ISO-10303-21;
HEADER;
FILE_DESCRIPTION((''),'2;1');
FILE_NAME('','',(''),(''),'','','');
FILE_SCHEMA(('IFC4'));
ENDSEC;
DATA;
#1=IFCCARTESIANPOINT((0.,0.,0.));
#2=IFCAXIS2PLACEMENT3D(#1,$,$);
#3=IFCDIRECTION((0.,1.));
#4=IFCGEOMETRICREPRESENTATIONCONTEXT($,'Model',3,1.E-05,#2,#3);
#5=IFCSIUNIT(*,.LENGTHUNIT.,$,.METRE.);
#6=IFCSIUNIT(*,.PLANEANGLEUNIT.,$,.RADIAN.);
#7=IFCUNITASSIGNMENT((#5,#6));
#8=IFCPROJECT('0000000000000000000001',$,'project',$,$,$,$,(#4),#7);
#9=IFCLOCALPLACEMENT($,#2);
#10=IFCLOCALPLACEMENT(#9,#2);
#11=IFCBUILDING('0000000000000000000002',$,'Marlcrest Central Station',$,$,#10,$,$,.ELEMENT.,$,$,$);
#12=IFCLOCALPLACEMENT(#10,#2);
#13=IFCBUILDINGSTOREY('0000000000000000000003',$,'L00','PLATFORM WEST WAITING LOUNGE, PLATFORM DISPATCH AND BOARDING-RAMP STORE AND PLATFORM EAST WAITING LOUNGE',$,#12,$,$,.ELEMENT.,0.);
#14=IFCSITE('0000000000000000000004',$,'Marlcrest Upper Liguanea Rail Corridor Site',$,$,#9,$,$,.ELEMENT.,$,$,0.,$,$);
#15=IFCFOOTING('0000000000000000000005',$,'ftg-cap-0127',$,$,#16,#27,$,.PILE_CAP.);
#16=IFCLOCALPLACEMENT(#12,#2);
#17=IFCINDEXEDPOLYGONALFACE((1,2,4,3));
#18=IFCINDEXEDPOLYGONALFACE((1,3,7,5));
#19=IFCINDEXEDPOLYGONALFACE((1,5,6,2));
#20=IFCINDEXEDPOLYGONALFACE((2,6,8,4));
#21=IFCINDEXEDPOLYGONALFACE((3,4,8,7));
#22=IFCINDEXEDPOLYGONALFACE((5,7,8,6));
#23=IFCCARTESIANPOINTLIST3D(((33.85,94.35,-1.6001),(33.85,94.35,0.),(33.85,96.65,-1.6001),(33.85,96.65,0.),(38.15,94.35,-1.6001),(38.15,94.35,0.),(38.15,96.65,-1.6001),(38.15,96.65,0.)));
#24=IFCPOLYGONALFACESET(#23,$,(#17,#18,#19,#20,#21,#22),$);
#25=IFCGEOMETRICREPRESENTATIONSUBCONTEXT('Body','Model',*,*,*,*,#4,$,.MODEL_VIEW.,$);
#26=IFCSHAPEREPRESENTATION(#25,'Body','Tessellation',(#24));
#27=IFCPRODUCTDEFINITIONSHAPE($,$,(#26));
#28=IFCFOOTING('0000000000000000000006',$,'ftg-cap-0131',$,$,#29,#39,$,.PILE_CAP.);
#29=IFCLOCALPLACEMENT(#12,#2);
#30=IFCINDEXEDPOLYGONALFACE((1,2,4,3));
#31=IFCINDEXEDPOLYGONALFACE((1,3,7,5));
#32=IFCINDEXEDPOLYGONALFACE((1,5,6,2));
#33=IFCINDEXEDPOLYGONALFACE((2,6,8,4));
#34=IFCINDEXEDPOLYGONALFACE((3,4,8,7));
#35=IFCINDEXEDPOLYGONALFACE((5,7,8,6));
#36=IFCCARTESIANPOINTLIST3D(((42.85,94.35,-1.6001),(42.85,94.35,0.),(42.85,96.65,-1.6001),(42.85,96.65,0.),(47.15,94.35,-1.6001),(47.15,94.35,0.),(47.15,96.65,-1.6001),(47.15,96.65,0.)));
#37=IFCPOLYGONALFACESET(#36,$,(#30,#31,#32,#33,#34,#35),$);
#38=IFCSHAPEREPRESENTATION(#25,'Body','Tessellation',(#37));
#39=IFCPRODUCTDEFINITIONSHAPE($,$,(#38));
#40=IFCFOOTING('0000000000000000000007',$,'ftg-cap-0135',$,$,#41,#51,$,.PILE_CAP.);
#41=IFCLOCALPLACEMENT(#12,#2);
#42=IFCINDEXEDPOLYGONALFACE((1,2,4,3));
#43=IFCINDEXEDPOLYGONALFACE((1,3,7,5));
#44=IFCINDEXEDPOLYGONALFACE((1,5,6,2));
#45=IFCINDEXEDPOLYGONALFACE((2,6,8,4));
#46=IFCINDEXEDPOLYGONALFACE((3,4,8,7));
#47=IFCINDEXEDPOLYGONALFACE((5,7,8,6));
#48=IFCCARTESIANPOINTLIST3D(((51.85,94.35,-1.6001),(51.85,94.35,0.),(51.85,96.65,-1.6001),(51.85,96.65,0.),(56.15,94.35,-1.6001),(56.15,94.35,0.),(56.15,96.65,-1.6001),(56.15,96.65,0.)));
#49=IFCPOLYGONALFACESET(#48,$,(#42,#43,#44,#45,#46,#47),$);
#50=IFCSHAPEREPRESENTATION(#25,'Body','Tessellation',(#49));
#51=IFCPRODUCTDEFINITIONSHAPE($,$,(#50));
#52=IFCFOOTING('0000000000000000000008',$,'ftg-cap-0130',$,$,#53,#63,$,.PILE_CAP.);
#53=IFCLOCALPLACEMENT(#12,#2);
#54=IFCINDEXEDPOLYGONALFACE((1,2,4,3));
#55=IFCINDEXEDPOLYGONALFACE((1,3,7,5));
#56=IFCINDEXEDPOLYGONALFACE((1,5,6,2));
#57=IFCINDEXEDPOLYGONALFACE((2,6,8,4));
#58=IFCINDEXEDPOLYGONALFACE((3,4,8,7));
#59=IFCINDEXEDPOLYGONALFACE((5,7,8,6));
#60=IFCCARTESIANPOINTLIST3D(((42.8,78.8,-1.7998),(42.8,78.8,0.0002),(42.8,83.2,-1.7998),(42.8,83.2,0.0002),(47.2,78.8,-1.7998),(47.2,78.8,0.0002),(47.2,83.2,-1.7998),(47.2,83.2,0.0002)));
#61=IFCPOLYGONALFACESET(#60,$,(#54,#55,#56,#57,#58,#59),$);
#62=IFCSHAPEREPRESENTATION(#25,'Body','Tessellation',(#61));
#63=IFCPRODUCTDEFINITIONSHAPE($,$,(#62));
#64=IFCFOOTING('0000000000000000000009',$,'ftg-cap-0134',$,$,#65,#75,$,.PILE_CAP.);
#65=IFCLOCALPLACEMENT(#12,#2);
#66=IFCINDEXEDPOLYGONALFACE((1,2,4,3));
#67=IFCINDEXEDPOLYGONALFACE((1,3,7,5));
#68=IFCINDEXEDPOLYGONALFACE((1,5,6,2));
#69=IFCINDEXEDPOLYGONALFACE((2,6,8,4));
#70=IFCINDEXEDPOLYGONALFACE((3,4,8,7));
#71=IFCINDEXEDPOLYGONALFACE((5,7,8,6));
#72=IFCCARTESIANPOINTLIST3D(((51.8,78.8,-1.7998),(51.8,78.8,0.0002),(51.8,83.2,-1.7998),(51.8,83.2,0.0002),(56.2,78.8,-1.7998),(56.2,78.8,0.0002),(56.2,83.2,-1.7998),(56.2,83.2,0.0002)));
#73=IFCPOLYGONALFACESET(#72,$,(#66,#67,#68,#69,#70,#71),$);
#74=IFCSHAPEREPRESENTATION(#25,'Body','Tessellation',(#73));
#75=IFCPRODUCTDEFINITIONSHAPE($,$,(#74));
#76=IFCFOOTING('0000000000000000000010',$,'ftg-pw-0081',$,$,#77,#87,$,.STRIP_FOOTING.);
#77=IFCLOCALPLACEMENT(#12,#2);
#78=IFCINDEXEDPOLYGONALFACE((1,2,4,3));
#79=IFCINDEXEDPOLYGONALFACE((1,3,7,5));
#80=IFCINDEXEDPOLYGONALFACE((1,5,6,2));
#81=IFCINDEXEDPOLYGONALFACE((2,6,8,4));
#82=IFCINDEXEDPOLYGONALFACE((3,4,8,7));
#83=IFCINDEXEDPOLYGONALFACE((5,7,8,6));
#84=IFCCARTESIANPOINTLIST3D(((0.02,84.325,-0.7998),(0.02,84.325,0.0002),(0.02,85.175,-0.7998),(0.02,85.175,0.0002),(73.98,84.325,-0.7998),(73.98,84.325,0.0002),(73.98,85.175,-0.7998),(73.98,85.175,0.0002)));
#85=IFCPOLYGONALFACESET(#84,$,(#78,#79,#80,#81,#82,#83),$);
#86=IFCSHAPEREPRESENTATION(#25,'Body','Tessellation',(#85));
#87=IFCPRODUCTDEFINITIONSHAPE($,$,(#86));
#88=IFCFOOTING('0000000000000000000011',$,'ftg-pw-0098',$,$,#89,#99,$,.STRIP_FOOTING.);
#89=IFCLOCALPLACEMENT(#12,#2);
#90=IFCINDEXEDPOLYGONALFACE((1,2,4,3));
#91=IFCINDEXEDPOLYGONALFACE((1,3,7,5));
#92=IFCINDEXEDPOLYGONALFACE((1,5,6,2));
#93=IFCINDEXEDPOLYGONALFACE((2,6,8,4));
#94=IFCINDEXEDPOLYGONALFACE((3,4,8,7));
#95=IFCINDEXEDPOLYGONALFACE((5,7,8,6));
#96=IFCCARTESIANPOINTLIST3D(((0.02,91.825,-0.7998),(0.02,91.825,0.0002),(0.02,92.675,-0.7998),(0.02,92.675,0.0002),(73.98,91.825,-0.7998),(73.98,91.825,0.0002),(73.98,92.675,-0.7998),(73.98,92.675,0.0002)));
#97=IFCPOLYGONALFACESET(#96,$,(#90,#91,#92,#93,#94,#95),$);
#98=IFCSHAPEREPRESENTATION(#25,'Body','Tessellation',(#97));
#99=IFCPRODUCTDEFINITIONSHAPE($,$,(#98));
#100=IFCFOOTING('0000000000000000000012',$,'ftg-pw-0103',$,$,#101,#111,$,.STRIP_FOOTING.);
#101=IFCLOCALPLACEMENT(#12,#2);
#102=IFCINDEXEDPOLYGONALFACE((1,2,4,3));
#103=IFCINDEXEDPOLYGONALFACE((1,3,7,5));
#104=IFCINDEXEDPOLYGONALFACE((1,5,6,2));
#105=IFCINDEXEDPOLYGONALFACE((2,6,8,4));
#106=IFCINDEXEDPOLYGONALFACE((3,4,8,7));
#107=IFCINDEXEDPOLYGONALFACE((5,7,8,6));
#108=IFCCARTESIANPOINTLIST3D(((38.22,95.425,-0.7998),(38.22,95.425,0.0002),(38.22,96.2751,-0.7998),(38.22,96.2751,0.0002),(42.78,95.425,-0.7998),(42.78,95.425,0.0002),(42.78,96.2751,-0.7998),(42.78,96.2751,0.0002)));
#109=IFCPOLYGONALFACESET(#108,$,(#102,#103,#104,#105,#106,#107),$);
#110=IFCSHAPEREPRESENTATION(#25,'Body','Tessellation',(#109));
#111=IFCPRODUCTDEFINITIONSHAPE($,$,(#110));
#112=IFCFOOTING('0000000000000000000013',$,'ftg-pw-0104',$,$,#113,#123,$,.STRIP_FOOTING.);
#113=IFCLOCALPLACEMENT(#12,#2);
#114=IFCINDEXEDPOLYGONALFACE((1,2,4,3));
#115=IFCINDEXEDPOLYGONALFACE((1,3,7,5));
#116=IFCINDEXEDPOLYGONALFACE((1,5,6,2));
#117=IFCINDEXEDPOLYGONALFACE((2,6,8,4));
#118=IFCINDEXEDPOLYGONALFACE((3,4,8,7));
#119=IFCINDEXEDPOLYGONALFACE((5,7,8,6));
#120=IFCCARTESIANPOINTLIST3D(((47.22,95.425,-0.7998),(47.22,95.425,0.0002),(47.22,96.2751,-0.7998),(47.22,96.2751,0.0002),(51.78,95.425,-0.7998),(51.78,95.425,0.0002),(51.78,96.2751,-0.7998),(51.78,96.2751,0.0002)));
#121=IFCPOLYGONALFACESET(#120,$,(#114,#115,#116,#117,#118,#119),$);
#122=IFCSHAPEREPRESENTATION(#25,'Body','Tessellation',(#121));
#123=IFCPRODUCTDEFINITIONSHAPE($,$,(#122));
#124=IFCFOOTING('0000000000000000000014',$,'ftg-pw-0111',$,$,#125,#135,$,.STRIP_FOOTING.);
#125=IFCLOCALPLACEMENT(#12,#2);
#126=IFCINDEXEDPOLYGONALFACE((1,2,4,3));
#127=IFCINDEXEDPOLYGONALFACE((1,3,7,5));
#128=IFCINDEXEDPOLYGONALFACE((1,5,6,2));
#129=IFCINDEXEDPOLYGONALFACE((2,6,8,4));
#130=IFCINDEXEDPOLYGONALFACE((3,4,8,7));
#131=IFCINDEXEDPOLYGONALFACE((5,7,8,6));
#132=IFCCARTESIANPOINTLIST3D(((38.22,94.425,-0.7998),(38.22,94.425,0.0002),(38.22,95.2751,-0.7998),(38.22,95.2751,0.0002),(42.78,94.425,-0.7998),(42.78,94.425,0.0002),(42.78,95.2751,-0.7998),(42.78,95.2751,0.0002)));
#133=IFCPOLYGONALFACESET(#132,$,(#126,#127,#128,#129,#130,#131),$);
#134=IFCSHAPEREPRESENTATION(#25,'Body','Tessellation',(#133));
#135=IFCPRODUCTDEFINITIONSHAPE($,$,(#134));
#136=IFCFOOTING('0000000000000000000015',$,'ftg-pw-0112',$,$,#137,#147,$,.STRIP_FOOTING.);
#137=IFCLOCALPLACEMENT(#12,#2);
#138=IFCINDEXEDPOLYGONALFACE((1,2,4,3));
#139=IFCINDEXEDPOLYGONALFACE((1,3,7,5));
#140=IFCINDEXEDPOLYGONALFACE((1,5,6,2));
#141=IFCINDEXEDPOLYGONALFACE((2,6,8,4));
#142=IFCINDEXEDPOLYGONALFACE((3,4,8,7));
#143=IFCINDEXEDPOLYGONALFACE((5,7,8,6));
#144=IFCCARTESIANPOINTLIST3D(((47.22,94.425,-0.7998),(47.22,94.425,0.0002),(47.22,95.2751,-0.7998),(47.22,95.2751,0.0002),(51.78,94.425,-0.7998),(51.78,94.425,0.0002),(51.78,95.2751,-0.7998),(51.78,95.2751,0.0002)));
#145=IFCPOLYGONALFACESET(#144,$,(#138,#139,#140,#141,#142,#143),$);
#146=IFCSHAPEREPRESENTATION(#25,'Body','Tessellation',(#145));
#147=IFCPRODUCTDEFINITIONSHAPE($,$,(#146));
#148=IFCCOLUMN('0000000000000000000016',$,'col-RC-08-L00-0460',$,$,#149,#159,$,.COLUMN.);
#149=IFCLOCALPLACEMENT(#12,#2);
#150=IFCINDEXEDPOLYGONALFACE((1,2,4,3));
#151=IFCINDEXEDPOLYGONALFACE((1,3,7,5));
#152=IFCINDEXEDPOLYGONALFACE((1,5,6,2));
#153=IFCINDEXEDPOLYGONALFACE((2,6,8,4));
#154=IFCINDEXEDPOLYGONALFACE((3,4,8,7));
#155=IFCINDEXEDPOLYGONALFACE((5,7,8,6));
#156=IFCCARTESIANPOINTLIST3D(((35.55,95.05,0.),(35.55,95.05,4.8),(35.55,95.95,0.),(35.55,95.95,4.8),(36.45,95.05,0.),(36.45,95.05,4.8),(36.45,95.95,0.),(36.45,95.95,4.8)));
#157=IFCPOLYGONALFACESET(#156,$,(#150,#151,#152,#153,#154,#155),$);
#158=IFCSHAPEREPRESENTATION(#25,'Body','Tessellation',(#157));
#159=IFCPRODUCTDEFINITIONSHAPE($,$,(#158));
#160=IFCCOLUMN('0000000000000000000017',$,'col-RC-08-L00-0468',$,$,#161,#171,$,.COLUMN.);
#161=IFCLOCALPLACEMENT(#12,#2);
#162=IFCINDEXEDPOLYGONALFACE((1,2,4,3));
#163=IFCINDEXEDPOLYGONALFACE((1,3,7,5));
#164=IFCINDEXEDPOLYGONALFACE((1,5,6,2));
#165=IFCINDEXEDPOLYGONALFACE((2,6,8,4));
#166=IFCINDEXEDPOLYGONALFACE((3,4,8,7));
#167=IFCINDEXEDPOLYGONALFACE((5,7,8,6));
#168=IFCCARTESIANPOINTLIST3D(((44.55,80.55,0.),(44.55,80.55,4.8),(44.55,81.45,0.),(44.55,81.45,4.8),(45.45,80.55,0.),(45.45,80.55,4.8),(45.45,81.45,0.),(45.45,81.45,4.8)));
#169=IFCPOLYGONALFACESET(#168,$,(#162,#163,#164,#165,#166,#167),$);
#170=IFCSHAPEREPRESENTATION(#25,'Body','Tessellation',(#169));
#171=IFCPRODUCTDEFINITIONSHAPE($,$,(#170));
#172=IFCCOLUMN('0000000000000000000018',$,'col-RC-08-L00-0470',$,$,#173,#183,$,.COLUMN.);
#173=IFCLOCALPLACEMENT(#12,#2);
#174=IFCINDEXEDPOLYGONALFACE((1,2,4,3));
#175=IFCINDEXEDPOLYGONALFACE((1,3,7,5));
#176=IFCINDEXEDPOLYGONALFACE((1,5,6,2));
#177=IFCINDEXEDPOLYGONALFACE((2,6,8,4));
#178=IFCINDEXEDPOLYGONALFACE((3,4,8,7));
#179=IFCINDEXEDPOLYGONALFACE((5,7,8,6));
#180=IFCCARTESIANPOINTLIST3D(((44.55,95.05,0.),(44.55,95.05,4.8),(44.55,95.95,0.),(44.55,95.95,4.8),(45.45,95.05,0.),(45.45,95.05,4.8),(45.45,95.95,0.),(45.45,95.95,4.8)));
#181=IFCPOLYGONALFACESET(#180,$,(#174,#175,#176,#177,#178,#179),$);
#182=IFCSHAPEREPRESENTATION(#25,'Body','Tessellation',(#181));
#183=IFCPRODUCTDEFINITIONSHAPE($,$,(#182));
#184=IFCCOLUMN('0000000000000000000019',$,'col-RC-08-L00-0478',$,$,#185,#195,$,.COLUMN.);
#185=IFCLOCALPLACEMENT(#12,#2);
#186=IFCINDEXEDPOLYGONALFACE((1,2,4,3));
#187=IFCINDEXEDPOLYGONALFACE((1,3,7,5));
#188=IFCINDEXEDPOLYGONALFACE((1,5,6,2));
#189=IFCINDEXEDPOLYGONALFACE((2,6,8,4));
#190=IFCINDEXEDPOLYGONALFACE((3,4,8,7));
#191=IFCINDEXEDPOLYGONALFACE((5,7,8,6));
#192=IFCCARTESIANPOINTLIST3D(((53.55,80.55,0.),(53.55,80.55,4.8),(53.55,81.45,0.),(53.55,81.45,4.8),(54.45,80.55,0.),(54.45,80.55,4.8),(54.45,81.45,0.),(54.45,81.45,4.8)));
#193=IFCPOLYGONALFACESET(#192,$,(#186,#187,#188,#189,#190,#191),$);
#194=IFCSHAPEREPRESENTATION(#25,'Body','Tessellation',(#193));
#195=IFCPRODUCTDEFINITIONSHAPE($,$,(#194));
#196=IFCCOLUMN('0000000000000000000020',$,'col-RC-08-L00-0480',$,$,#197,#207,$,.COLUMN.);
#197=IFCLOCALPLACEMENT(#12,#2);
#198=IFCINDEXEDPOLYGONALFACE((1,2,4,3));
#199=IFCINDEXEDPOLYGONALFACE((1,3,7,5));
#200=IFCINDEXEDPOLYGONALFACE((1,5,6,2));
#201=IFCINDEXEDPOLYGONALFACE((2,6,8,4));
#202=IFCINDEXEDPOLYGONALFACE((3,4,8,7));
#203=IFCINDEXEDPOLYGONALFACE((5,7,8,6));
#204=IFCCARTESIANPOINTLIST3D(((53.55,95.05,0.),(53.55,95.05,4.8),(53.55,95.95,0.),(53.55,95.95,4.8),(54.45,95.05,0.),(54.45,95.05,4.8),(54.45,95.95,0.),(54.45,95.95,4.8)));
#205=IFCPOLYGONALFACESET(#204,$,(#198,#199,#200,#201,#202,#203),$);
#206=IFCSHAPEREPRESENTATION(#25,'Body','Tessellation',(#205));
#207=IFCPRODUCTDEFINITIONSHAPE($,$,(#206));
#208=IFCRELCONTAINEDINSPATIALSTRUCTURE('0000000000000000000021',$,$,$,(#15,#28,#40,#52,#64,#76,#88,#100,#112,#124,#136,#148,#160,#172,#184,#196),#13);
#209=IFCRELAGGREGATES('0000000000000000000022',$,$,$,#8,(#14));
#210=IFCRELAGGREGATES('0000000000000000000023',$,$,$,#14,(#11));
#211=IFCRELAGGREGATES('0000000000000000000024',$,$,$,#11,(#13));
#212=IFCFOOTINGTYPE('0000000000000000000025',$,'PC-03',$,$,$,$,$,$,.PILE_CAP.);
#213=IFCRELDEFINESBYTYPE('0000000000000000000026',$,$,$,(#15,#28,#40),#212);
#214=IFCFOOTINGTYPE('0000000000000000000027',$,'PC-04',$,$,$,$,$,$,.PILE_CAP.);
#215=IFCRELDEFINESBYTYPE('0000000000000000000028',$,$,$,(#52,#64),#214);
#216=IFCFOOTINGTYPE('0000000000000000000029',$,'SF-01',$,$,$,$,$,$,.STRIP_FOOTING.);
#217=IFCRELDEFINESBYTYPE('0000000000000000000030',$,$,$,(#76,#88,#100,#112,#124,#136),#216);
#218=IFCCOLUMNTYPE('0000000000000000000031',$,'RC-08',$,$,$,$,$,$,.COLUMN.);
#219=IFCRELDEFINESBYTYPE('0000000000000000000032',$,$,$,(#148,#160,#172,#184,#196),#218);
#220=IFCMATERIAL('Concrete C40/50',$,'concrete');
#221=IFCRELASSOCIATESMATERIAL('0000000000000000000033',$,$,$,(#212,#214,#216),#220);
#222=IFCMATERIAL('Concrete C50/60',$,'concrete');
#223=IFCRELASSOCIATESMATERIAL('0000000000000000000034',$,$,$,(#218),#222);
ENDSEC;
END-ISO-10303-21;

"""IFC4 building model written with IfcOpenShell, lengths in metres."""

from ifc_helpers import new_model, si_unit, direction, frame, origin, origin_2d, place, context, subcontext, project, spatial, rectangle, extrude, material, material_profile, profile_set, type_object, element, save


model = new_model("IFC4")

# Units and contexts
model_context = context("Model", 3, precision=1e-05, world=origin(), true_north=direction((0.0, 1.0)))
body_context = subcontext(model_context, "Body", "Model", "MODEL_VIEW")
ifc_project = project(units=[si_unit("LENGTHUNIT", "METRE"), si_unit("PLANEANGLEUNIT", "RADIAN")], contexts=[model_context])

# Site, building, storey
site_placement = place(None, origin())
site = spatial("IfcSite", under=ifc_project, at=site_placement, Name="Marlcrest Upper Liguanea Rail Corridor Site", CompositionType="ELEMENT", RefElevation=0.0)
building_placement = place(site_placement, origin())
building = spatial("IfcBuilding", under=site, at=building_placement, Name="Marlcrest Central Station", CompositionType="ELEMENT")
storey_placement = place(building_placement, origin())
storey = spatial("IfcBuildingStorey", under=building, at=storey_placement, Name="L00", Description="PLATFORM WEST WAITING LOUNGE, PLATFORM DISPATCH AND BOARDING-RAMP STORE AND PLATFORM EAST WAITING LOUNGE", CompositionType="ELEMENT", Elevation=0.0)

# Footings
ifc_material_1 = material(Name="Concrete C40/50", Category="concrete")
footing_type_1 = type_object("IfcFootingType", Name="PC-03", PredefinedType="PILE_CAP", material=ifc_material_1)
for number, where, z_axis, x_axis, name in (
    (1, (36.0, 95.5, -1.6001), (0.0, 0.0, 1.0), (1.0, 0.0, 0.0), "ftg-cap-0127"),
    (2, (45.0, 95.5, -1.6001), (0.0, 0.0, 1.0), (1.0, 0.0, 0.0), "ftg-cap-0131"),
    (3, (54.0, 95.5, -1.6001), (0.0, 0.0, 1.0), (1.0, 0.0, 0.0), "ftg-cap-0135"),
):
    element("IfcFooting", number, at=place(storey_placement, frame(where, z_axis=z_axis, x_axis=x_axis)), inside=storey, type_object=footing_type_1, Name=name, PredefinedType="PILE_CAP", context=body_context, shape_type="SweptSolid", body=[
        extrude(rectangle(XDim=4.3, YDim=2.3, at=origin_2d()), origin(), (0.0, 0.0, 1.0), 1.6001),
    ])
footing_type_2 = type_object("IfcFootingType", Name="PC-04", PredefinedType="PILE_CAP", material=ifc_material_1)
for number, where, z_axis, x_axis, name in (
    (4, (45.0, 81.0, -1.7998), (0.0, 0.0, 1.0), (1.0, 0.0, 0.0), "ftg-cap-0130"),
    (5, (54.0, 81.0, -1.7998), (0.0, 0.0, 1.0), (1.0, 0.0, 0.0), "ftg-cap-0134"),
):
    element("IfcFooting", number, at=place(storey_placement, frame(where, z_axis=z_axis, x_axis=x_axis)), inside=storey, type_object=footing_type_2, Name=name, PredefinedType="PILE_CAP", context=body_context, shape_type="SweptSolid", body=[
        extrude(rectangle(XDim=4.3999, YDim=4.3999, at=origin_2d()), origin(), (0.0, 0.0, 1.0), 1.8),
    ])
footing_type_3 = type_object("IfcFootingType", Name="SF-01", PredefinedType="STRIP_FOOTING", material=ifc_material_1)
for number, where, z_axis, x_axis, name in (
    (6, (37.0, 84.75, -0.7998), (0.0, 0.0, 1.0), (1.0, 0.0, 0.0), "ftg-pw-0081"),
    (7, (37.0, 92.25, -0.7998), (0.0, 0.0, 1.0), (1.0, 0.0, 0.0), "ftg-pw-0098"),
):
    element("IfcFooting", number, at=place(storey_placement, frame(where, z_axis=z_axis, x_axis=x_axis)), inside=storey, type_object=footing_type_3, Name=name, PredefinedType="STRIP_FOOTING", context=body_context, shape_type="SweptSolid", body=[
        extrude(rectangle(XDim=73.96, YDim=0.8501, at=origin_2d()), origin(), (0.0, 0.0, 1.0), 0.8),
    ])
for number, where, z_axis, x_axis, name in (
    (8, (40.5, 95.8501, -0.7998), (0.0, 0.0, 1.0), (1.0, 0.0, 0.0), "ftg-pw-0103"),
    (9, (49.5, 95.8501, -0.7998), (0.0, 0.0, 1.0), (1.0, 0.0, 0.0), "ftg-pw-0104"),
    (10, (40.5, 94.8501, -0.7998), (0.0, 0.0, 1.0), (1.0, 0.0, 0.0), "ftg-pw-0111"),
    (11, (49.5, 94.8501, -0.7998), (0.0, 0.0, 1.0), (1.0, 0.0, 0.0), "ftg-pw-0112"),
):
    element("IfcFooting", number, at=place(storey_placement, frame(where, z_axis=z_axis, x_axis=x_axis)), inside=storey, type_object=footing_type_3, Name=name, PredefinedType="STRIP_FOOTING", context=body_context, shape_type="SweptSolid", body=[
        extrude(rectangle(XDim=4.5601, YDim=0.8501, at=origin_2d()), origin(), (0.0, 0.0, 1.0), 0.8),
    ])

# Columns
ifc_material_2 = material(Name="Concrete C50/60", Category="concrete")
ifc_material_profile_1 = material_profile(ifc_material_2, rectangle(XDim=0.8999, YDim=0.8999, at=origin_2d()), Name="RC 900x900")
ifc_profile_set_1 = profile_set([ifc_material_profile_1], Name="Concrete C50/60")
column_type = type_object("IfcColumnType", Name="RC-08", PredefinedType="COLUMN", material=ifc_profile_set_1)
for number, where, z_axis, x_axis, name in (
    (12, (36.0, 95.5, 0.0), (0.0, 0.0, 1.0), (1.0, 0.0, 0.0), "col-RC-08-L00-0460"),
    (13, (45.0, 81.0, 0.0), (0.0, 0.0, 1.0), (1.0, 0.0, 0.0), "col-RC-08-L00-0468"),
    (14, (45.0, 95.5, 0.0), (0.0, 0.0, 1.0), (1.0, 0.0, 0.0), "col-RC-08-L00-0470"),
    (15, (54.0, 81.0, 0.0), (0.0, 0.0, 1.0), (1.0, 0.0, 0.0), "col-RC-08-L00-0478"),
    (16, (54.0, 95.5, 0.0), (0.0, 0.0, 1.0), (1.0, 0.0, 0.0), "col-RC-08-L00-0480"),
):
    element("IfcColumn", number, at=place(storey_placement, frame(where, z_axis=z_axis, x_axis=x_axis)), inside=storey, type_object=column_type, Name=name, PredefinedType="COLUMN", context=body_context, shape_type="SweptSolid", body=[
        extrude(rectangle(XDim=0.8999, YDim=0.8999, at=origin_2d()), origin(), (0.0, 0.0, 1.0), 4.8),
    ])

save(model, "model.ifc")
